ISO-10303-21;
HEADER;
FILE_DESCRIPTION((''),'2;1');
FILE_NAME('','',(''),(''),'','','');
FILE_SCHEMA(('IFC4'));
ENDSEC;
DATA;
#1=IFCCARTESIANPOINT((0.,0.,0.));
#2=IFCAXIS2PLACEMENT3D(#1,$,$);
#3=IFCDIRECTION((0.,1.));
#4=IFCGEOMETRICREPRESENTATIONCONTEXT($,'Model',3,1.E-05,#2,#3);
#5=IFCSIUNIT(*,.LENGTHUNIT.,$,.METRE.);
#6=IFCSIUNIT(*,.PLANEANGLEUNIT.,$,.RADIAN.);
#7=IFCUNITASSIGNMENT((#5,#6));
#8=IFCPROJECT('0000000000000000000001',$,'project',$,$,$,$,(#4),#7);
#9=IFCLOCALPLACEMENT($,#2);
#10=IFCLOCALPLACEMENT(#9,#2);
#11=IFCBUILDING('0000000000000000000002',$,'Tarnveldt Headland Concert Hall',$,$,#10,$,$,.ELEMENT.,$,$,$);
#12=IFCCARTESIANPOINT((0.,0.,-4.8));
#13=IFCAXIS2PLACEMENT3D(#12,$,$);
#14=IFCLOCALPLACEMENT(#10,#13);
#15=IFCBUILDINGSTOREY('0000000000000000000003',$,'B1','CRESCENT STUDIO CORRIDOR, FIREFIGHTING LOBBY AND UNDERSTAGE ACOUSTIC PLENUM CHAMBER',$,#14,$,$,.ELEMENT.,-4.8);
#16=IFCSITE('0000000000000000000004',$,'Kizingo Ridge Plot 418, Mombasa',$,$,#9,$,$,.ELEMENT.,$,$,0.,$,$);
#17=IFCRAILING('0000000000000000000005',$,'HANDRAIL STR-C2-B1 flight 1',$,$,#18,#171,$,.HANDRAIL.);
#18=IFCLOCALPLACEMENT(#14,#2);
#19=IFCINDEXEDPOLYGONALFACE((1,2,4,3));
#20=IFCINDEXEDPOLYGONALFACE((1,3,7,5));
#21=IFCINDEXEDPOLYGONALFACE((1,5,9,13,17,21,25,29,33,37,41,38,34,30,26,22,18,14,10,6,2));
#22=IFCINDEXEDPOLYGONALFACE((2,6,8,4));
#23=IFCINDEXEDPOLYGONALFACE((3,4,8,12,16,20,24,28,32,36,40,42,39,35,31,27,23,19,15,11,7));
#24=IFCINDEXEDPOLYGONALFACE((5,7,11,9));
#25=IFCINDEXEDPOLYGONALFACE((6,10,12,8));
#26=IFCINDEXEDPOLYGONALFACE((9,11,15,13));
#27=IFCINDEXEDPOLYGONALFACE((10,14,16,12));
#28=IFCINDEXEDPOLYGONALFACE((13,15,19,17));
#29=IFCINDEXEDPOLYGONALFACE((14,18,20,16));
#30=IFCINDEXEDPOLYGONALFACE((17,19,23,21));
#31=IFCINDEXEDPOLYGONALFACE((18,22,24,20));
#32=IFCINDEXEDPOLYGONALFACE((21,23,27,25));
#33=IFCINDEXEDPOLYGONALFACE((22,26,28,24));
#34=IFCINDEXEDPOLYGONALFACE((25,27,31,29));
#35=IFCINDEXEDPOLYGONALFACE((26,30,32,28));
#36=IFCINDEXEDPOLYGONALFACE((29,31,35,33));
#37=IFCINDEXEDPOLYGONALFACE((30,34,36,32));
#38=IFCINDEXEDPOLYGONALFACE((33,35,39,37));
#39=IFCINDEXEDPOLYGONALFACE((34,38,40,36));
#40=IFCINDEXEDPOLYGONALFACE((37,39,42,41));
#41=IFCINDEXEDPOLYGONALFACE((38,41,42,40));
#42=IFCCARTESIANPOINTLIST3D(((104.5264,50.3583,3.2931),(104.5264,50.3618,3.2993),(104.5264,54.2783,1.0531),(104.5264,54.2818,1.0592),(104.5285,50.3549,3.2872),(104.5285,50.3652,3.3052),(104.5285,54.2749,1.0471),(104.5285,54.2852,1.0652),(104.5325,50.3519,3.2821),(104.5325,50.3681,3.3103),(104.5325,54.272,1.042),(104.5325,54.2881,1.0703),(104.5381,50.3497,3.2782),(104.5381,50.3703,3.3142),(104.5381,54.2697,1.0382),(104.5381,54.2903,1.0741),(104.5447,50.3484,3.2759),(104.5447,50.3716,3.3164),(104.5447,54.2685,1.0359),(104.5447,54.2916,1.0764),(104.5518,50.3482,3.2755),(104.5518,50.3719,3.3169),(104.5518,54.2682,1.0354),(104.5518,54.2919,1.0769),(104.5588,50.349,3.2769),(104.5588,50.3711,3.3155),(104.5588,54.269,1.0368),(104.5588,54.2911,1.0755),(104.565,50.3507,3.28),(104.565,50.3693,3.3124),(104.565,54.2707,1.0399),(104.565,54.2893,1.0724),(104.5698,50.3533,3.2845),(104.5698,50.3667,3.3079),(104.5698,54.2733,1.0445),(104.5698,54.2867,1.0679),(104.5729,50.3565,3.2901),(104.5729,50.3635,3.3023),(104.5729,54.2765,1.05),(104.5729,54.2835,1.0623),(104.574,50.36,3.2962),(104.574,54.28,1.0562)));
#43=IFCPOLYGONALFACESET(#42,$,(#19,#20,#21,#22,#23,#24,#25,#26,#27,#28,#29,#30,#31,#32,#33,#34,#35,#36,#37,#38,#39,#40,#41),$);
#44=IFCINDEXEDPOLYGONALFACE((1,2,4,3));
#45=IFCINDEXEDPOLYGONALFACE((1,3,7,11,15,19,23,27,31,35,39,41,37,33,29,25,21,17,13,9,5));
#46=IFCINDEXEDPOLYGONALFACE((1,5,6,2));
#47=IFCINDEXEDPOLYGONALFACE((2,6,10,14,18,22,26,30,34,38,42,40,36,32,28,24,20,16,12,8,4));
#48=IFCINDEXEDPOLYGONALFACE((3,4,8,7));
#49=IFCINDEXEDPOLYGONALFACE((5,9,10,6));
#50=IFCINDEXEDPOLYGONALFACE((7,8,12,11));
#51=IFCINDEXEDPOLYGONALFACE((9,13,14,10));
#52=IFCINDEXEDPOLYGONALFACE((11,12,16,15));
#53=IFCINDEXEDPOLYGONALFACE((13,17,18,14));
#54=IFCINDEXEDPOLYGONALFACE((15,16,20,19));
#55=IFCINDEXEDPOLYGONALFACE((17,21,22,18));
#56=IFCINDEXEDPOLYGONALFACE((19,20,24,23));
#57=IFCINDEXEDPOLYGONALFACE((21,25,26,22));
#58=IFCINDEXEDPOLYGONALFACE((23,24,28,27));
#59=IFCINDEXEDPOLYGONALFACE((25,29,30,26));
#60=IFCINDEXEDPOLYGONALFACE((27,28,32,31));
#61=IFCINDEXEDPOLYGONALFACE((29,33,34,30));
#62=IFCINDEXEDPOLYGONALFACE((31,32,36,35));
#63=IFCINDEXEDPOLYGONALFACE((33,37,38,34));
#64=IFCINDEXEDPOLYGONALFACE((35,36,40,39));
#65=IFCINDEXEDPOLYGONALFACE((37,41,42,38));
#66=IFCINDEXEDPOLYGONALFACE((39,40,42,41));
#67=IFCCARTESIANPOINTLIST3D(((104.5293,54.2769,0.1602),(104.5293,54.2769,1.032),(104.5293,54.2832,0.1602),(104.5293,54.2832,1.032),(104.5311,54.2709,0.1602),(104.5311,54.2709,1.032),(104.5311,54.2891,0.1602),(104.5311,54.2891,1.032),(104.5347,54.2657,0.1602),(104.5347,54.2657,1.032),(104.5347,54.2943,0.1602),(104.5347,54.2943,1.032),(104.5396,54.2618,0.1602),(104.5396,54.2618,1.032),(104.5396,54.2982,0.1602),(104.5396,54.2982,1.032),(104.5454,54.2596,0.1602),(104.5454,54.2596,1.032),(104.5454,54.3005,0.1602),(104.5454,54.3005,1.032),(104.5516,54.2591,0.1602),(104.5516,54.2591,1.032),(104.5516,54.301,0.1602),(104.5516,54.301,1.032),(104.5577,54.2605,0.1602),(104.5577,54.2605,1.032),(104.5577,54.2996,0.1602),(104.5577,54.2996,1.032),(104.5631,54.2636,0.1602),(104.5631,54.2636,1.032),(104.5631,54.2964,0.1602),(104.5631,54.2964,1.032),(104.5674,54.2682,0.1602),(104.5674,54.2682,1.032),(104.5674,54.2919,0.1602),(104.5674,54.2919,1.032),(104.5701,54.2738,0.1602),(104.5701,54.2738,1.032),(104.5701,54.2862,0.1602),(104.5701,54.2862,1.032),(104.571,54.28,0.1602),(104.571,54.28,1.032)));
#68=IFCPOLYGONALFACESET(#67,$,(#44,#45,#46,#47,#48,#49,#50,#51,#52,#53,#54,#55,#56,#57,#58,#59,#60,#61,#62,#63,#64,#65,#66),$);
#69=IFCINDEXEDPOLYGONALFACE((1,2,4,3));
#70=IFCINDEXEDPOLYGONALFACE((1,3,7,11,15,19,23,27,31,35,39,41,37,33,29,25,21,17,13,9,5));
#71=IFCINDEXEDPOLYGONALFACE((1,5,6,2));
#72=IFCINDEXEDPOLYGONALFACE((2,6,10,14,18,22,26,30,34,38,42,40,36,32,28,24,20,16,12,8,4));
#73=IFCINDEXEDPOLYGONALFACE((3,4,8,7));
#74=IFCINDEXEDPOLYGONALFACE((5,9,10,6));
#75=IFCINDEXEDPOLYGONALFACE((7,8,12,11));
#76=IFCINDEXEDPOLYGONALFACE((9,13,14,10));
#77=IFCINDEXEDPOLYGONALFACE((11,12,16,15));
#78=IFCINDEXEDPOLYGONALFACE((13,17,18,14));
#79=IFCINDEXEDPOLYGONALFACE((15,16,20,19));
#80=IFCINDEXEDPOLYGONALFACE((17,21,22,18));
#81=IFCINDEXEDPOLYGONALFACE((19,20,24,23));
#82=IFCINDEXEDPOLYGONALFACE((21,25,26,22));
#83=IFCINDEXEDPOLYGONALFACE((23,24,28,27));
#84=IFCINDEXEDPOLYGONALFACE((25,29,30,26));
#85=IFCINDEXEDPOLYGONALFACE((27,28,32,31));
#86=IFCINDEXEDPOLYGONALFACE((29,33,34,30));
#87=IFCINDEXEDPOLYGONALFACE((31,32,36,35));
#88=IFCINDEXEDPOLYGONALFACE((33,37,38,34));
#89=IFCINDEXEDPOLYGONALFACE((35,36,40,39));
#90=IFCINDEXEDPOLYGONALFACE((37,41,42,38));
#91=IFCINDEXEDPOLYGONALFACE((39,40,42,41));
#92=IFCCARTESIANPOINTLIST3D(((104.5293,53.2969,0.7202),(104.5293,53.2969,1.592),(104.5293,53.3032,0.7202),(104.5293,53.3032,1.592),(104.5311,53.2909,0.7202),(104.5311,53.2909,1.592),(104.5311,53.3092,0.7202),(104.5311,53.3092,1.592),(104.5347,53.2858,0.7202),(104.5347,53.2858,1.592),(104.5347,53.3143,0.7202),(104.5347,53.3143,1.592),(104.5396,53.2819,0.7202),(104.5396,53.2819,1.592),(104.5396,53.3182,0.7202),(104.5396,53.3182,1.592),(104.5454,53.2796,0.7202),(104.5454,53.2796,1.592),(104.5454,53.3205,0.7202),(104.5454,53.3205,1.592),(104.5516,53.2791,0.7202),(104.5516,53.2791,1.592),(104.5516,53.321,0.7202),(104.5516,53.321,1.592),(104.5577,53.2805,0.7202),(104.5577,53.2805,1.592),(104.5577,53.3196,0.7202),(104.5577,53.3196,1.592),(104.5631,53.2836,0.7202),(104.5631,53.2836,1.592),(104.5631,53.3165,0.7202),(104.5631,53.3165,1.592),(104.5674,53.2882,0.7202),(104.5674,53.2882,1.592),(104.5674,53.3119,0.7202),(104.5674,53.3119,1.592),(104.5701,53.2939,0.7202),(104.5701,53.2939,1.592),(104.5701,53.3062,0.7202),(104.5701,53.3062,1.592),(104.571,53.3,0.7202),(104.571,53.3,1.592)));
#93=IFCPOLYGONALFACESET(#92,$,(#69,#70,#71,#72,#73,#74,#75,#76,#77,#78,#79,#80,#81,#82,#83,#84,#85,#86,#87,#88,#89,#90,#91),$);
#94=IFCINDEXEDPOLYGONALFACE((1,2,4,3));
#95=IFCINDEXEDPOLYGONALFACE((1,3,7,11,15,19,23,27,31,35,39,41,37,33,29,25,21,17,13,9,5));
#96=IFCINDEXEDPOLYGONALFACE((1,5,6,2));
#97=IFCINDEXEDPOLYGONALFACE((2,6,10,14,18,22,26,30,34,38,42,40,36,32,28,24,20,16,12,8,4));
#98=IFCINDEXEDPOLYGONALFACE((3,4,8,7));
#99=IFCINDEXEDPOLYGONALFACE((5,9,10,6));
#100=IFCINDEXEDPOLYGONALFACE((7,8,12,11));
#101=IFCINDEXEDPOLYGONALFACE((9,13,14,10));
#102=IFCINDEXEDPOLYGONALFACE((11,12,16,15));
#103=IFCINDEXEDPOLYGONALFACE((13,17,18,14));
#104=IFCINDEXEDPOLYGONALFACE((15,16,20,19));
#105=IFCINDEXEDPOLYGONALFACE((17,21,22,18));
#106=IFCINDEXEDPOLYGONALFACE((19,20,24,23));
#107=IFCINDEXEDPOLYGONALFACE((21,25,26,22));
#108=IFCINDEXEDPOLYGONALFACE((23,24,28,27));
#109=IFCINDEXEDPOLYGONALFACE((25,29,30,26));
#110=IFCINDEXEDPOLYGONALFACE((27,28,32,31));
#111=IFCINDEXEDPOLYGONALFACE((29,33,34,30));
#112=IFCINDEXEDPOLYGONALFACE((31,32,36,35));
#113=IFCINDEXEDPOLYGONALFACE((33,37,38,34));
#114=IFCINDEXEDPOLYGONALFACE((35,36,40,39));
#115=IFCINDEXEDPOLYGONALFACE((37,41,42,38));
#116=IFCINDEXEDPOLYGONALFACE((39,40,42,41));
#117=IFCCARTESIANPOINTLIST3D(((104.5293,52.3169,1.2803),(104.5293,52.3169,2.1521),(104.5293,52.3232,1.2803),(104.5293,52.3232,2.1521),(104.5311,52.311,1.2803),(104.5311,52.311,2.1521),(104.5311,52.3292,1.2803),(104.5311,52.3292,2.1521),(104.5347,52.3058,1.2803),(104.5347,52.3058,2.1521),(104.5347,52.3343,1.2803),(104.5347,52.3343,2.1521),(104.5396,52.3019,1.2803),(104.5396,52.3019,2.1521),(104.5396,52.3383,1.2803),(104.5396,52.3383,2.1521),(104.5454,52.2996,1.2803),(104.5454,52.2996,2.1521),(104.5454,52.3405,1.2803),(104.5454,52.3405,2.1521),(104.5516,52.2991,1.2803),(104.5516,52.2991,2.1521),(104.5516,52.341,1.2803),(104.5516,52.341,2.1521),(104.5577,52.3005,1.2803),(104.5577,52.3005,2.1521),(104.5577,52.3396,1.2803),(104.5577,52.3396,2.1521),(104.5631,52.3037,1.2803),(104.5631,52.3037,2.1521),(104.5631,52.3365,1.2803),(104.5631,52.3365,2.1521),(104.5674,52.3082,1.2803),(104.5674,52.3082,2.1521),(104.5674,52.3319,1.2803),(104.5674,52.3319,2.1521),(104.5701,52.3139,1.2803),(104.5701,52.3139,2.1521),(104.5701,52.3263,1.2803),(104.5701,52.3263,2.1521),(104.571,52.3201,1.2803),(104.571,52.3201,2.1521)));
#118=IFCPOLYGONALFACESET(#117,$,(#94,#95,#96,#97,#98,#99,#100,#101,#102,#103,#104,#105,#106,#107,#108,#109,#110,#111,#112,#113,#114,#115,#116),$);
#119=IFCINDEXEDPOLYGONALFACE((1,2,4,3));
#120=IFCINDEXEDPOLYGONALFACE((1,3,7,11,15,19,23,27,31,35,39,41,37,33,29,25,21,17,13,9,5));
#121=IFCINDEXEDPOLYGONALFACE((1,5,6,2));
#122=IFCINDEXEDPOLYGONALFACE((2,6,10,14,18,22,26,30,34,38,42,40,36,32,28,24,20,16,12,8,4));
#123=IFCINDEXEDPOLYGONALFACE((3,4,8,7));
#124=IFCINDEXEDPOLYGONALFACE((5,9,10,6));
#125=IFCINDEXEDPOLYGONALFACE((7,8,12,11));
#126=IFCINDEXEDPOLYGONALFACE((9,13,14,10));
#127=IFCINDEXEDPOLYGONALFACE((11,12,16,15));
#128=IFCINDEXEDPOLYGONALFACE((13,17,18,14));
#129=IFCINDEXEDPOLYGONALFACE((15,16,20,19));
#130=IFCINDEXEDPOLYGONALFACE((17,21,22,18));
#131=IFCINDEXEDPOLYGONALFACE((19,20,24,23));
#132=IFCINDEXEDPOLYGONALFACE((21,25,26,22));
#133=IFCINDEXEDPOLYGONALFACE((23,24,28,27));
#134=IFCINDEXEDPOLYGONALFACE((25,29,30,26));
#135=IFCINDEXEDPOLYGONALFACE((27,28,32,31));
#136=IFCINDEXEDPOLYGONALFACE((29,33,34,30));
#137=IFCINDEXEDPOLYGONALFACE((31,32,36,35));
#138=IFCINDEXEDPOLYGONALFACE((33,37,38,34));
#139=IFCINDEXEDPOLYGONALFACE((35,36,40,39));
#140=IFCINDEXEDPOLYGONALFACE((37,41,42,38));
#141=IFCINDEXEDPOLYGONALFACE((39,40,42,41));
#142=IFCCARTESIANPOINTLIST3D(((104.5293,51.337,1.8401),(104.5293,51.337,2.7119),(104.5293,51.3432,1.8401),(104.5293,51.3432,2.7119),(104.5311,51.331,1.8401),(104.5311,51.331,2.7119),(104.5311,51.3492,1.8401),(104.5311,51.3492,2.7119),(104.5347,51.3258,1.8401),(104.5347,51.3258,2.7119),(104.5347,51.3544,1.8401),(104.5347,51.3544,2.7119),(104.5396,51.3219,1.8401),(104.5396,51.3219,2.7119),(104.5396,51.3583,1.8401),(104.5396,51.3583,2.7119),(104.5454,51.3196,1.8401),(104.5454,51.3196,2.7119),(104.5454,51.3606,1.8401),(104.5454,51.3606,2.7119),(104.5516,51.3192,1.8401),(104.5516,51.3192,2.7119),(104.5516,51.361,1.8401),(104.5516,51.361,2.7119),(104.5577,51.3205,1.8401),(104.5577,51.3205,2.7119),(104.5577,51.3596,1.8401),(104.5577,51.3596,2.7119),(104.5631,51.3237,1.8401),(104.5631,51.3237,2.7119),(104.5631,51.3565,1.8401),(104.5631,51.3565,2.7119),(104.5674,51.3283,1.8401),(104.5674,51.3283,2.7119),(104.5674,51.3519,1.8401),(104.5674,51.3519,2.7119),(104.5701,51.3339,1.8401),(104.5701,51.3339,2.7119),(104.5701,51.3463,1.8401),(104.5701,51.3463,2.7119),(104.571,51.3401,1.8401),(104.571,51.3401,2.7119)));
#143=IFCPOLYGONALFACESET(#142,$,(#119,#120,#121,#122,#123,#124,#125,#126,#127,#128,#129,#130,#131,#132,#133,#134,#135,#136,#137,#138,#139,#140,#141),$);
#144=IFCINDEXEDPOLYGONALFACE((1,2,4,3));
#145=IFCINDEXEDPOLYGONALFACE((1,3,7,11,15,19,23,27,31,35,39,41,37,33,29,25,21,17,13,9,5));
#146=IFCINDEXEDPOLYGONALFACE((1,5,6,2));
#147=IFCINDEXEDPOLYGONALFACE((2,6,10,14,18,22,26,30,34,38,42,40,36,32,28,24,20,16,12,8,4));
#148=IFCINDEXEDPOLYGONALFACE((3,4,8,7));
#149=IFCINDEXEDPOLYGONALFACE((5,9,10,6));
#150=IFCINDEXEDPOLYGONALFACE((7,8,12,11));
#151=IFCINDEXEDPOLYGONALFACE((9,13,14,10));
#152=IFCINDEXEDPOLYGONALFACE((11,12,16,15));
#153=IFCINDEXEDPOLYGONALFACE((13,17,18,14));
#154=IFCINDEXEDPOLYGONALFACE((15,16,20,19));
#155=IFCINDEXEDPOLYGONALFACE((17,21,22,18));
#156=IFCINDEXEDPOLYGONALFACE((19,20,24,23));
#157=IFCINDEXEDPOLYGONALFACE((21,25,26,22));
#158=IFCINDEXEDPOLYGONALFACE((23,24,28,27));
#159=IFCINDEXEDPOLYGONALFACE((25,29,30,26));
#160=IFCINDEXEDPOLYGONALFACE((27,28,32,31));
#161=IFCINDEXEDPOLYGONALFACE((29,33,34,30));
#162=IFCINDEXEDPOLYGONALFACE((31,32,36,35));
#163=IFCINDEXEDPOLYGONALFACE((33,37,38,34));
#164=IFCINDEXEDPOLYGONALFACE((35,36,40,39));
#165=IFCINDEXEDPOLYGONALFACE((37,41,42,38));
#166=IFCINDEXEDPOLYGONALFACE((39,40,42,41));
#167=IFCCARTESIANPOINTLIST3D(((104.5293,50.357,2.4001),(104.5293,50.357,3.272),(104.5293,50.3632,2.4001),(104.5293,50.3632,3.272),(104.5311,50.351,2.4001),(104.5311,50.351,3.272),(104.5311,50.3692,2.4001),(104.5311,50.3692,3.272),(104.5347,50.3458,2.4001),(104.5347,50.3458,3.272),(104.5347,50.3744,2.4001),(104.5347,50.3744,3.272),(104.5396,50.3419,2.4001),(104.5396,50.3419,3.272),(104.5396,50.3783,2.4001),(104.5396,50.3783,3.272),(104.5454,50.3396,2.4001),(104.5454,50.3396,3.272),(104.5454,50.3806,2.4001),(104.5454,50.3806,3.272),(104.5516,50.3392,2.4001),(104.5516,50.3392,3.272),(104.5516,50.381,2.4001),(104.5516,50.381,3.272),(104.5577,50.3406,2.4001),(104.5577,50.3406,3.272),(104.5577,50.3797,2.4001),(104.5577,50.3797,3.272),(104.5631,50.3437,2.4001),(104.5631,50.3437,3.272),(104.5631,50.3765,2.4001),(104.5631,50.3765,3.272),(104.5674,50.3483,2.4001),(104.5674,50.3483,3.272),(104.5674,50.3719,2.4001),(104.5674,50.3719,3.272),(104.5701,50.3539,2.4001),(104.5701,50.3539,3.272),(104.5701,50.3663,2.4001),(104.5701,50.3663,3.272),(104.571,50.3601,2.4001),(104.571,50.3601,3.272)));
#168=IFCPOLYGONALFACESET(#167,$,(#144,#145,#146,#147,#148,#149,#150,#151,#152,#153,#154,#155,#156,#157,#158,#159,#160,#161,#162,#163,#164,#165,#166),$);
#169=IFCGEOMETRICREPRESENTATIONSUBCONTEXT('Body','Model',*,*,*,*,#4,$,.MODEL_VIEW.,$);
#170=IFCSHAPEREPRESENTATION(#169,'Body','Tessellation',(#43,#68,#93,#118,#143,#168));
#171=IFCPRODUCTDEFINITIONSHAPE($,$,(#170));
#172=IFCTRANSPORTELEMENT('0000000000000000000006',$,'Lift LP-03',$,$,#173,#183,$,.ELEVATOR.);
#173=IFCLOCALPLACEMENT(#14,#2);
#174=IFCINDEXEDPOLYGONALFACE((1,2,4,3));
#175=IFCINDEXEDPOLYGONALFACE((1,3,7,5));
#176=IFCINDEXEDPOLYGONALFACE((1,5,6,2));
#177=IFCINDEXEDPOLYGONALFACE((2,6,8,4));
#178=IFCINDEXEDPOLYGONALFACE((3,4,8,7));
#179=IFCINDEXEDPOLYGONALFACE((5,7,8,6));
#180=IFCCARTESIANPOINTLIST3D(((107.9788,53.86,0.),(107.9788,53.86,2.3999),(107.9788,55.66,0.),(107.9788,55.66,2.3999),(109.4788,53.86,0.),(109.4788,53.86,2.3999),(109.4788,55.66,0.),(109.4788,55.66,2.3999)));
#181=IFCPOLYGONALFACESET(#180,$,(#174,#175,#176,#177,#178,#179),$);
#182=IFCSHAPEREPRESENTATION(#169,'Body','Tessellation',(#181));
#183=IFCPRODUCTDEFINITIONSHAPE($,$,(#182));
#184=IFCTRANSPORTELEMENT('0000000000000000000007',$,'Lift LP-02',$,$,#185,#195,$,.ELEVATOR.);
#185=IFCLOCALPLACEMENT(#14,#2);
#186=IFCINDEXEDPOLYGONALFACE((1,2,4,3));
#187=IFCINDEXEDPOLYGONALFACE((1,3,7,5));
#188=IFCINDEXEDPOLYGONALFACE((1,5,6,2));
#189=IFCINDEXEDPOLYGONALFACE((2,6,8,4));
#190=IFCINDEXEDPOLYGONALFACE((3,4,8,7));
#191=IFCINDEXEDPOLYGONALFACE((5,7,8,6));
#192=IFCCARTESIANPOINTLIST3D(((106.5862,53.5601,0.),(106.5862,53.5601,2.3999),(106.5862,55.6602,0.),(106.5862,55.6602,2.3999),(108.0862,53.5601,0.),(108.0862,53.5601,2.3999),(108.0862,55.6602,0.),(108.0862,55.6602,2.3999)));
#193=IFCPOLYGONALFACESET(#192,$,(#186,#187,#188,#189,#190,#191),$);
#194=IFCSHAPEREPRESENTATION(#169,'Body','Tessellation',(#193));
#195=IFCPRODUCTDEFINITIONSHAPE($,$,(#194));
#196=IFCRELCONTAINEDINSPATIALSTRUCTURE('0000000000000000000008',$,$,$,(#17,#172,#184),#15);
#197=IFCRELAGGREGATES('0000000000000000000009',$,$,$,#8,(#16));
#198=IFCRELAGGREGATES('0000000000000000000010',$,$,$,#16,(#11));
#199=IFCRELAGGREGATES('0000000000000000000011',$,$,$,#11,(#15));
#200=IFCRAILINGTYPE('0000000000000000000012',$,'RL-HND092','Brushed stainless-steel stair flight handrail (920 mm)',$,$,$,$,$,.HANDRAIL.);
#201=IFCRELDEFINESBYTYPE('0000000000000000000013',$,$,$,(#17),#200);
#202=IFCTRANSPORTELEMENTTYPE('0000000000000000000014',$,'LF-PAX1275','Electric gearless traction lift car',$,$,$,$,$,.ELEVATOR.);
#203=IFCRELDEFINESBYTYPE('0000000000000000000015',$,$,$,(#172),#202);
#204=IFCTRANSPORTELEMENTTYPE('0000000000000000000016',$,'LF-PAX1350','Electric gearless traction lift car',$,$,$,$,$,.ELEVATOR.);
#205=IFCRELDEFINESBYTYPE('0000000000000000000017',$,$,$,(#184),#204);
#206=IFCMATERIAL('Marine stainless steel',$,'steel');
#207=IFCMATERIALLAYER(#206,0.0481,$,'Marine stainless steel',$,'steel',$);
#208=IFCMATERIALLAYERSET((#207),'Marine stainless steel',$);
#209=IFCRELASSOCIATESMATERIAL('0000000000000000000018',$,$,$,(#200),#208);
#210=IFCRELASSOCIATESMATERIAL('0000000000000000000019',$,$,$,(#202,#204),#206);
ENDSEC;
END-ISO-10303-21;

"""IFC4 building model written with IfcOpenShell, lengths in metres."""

from ifc_helpers import new_model, si_unit, direction, frame, origin, origin_2d, place, context, subcontext, project, spatial, rectangle, circle, extrude, material, layer, layer_set, type_object, element, save


model = new_model("IFC4")

# Units and contexts
model_context = context("Model", 3, precision=1e-05, world=origin(), true_north=direction((0.0, 1.0)))
body_context = subcontext(model_context, "Body", "Model", "MODEL_VIEW")
ifc_project = project(units=[si_unit("LENGTHUNIT", "METRE"), si_unit("PLANEANGLEUNIT", "RADIAN")], contexts=[model_context])

# Site, building, storey
site_placement = place(None, origin())
site = spatial("IfcSite", under=ifc_project, at=site_placement, Name="Kizingo Ridge Plot 418, Mombasa", CompositionType="ELEMENT", RefElevation=0.0)
building_placement = place(site_placement, origin())
building = spatial("IfcBuilding", under=site, at=building_placement, Name="Tarnveldt Headland Concert Hall", CompositionType="ELEMENT")
storey_placement = place(building_placement, frame((0.0, 0.0, -4.8)))
storey = spatial("IfcBuildingStorey", under=building, at=storey_placement, Name="B1", Description="CRESCENT STUDIO CORRIDOR, FIREFIGHTING LOBBY AND UNDERSTAGE ACOUSTIC PLENUM CHAMBER", CompositionType="ELEMENT", Elevation=-4.8)

# Railing
ifc_material_1 = material(Name="Marine stainless steel", Category="steel")
ifc_layer_1 = layer(ifc_material_1, 0.0481, Name="Marine stainless steel", Category="steel")
ifc_layer_set_1 = layer_set([ifc_layer_1], Name="Marine stainless steel")
railing_type = type_object("IfcRailingType", Name="RL-HND092", Description="Brushed stainless-steel stair flight handrail (920 mm)", PredefinedType="HANDRAIL", material=ifc_layer_set_1)
railing_placement = place(storey_placement, frame((104.55, 54.28, 0.1602)))
element("IfcRailing", 1, at=railing_placement, inside=storey, type_object=railing_type, Name="HANDRAIL STR-C2-B1 flight 1", PredefinedType="HANDRAIL", context=body_context, shape_type="SweptSolid", body=[
    extrude(circle(Radius=0.0239, at=origin_2d()), frame((0.0, 0.0, 0.896), z_axis=(0.0, -0.86824, 0.496145), x_axis=(1.0, 0.0, 0.0)), (0.0, 0.0, 1.0), 4.5149),
    extrude(circle(Radius=0.021, at=origin_2d()), origin(), (0.0, 0.0, 1.0), 0.8718),
    extrude(circle(Radius=0.021, at=origin_2d()), frame((0.0, -0.98, 0.5601)), (0.0, 0.0, 1.0), 0.8718),
    extrude(circle(Radius=0.021, at=origin_2d()), frame((0.0, -1.96, 1.1201)), (0.0, 0.0, 1.0), 0.8718),
    extrude(circle(Radius=0.021, at=origin_2d()), frame((0.0, -2.9399, 1.6799)), (0.0, 0.0, 1.0), 0.8718),
    extrude(circle(Radius=0.021, at=origin_2d()), frame((0.0, -3.9199, 2.24)), (0.0, 0.0, 1.0), 0.8718),
])

# Transport elements
transport_element_type_1 = type_object("IfcTransportElementType", Name="LF-PAX1275", Description="Electric gearless traction lift car", PredefinedType="ELEVATOR", material=ifc_material_1)
transport_element_1_placement = place(storey_placement, frame((108.7288, 54.76, 0.0), z_axis=(0.0, 0.0, 1.0), x_axis=(1.0, 0.0, 0.0)))
element("IfcTransportElement", 2, at=transport_element_1_placement, inside=storey, type_object=transport_element_type_1, Name="Lift LP-03", PredefinedType="ELEVATOR", context=body_context, shape_type="SweptSolid", body=[
    extrude(rectangle(XDim=1.5, YDim=1.8, at=origin_2d()), origin(), (0.0, 0.0, 1.0), 2.3999),
])
transport_element_type_2 = type_object("IfcTransportElementType", Name="LF-PAX1350", Description="Electric gearless traction lift car", PredefinedType="ELEVATOR", material=ifc_material_1)
transport_element_2_placement = place(storey_placement, frame((107.3362, 54.6101, 0.0), z_axis=(0.0, 0.0, 1.0), x_axis=(1.0, 0.0, 0.0)))
element("IfcTransportElement", 3, at=transport_element_2_placement, inside=storey, type_object=transport_element_type_2, Name="Lift LP-02", PredefinedType="ELEVATOR", context=body_context, shape_type="SweptSolid", body=[
    extrude(rectangle(XDim=1.5, YDim=2.1001, at=origin_2d()), origin(), (0.0, 0.0, 1.0), 2.3999),
])

save(model, "model.ifc")
